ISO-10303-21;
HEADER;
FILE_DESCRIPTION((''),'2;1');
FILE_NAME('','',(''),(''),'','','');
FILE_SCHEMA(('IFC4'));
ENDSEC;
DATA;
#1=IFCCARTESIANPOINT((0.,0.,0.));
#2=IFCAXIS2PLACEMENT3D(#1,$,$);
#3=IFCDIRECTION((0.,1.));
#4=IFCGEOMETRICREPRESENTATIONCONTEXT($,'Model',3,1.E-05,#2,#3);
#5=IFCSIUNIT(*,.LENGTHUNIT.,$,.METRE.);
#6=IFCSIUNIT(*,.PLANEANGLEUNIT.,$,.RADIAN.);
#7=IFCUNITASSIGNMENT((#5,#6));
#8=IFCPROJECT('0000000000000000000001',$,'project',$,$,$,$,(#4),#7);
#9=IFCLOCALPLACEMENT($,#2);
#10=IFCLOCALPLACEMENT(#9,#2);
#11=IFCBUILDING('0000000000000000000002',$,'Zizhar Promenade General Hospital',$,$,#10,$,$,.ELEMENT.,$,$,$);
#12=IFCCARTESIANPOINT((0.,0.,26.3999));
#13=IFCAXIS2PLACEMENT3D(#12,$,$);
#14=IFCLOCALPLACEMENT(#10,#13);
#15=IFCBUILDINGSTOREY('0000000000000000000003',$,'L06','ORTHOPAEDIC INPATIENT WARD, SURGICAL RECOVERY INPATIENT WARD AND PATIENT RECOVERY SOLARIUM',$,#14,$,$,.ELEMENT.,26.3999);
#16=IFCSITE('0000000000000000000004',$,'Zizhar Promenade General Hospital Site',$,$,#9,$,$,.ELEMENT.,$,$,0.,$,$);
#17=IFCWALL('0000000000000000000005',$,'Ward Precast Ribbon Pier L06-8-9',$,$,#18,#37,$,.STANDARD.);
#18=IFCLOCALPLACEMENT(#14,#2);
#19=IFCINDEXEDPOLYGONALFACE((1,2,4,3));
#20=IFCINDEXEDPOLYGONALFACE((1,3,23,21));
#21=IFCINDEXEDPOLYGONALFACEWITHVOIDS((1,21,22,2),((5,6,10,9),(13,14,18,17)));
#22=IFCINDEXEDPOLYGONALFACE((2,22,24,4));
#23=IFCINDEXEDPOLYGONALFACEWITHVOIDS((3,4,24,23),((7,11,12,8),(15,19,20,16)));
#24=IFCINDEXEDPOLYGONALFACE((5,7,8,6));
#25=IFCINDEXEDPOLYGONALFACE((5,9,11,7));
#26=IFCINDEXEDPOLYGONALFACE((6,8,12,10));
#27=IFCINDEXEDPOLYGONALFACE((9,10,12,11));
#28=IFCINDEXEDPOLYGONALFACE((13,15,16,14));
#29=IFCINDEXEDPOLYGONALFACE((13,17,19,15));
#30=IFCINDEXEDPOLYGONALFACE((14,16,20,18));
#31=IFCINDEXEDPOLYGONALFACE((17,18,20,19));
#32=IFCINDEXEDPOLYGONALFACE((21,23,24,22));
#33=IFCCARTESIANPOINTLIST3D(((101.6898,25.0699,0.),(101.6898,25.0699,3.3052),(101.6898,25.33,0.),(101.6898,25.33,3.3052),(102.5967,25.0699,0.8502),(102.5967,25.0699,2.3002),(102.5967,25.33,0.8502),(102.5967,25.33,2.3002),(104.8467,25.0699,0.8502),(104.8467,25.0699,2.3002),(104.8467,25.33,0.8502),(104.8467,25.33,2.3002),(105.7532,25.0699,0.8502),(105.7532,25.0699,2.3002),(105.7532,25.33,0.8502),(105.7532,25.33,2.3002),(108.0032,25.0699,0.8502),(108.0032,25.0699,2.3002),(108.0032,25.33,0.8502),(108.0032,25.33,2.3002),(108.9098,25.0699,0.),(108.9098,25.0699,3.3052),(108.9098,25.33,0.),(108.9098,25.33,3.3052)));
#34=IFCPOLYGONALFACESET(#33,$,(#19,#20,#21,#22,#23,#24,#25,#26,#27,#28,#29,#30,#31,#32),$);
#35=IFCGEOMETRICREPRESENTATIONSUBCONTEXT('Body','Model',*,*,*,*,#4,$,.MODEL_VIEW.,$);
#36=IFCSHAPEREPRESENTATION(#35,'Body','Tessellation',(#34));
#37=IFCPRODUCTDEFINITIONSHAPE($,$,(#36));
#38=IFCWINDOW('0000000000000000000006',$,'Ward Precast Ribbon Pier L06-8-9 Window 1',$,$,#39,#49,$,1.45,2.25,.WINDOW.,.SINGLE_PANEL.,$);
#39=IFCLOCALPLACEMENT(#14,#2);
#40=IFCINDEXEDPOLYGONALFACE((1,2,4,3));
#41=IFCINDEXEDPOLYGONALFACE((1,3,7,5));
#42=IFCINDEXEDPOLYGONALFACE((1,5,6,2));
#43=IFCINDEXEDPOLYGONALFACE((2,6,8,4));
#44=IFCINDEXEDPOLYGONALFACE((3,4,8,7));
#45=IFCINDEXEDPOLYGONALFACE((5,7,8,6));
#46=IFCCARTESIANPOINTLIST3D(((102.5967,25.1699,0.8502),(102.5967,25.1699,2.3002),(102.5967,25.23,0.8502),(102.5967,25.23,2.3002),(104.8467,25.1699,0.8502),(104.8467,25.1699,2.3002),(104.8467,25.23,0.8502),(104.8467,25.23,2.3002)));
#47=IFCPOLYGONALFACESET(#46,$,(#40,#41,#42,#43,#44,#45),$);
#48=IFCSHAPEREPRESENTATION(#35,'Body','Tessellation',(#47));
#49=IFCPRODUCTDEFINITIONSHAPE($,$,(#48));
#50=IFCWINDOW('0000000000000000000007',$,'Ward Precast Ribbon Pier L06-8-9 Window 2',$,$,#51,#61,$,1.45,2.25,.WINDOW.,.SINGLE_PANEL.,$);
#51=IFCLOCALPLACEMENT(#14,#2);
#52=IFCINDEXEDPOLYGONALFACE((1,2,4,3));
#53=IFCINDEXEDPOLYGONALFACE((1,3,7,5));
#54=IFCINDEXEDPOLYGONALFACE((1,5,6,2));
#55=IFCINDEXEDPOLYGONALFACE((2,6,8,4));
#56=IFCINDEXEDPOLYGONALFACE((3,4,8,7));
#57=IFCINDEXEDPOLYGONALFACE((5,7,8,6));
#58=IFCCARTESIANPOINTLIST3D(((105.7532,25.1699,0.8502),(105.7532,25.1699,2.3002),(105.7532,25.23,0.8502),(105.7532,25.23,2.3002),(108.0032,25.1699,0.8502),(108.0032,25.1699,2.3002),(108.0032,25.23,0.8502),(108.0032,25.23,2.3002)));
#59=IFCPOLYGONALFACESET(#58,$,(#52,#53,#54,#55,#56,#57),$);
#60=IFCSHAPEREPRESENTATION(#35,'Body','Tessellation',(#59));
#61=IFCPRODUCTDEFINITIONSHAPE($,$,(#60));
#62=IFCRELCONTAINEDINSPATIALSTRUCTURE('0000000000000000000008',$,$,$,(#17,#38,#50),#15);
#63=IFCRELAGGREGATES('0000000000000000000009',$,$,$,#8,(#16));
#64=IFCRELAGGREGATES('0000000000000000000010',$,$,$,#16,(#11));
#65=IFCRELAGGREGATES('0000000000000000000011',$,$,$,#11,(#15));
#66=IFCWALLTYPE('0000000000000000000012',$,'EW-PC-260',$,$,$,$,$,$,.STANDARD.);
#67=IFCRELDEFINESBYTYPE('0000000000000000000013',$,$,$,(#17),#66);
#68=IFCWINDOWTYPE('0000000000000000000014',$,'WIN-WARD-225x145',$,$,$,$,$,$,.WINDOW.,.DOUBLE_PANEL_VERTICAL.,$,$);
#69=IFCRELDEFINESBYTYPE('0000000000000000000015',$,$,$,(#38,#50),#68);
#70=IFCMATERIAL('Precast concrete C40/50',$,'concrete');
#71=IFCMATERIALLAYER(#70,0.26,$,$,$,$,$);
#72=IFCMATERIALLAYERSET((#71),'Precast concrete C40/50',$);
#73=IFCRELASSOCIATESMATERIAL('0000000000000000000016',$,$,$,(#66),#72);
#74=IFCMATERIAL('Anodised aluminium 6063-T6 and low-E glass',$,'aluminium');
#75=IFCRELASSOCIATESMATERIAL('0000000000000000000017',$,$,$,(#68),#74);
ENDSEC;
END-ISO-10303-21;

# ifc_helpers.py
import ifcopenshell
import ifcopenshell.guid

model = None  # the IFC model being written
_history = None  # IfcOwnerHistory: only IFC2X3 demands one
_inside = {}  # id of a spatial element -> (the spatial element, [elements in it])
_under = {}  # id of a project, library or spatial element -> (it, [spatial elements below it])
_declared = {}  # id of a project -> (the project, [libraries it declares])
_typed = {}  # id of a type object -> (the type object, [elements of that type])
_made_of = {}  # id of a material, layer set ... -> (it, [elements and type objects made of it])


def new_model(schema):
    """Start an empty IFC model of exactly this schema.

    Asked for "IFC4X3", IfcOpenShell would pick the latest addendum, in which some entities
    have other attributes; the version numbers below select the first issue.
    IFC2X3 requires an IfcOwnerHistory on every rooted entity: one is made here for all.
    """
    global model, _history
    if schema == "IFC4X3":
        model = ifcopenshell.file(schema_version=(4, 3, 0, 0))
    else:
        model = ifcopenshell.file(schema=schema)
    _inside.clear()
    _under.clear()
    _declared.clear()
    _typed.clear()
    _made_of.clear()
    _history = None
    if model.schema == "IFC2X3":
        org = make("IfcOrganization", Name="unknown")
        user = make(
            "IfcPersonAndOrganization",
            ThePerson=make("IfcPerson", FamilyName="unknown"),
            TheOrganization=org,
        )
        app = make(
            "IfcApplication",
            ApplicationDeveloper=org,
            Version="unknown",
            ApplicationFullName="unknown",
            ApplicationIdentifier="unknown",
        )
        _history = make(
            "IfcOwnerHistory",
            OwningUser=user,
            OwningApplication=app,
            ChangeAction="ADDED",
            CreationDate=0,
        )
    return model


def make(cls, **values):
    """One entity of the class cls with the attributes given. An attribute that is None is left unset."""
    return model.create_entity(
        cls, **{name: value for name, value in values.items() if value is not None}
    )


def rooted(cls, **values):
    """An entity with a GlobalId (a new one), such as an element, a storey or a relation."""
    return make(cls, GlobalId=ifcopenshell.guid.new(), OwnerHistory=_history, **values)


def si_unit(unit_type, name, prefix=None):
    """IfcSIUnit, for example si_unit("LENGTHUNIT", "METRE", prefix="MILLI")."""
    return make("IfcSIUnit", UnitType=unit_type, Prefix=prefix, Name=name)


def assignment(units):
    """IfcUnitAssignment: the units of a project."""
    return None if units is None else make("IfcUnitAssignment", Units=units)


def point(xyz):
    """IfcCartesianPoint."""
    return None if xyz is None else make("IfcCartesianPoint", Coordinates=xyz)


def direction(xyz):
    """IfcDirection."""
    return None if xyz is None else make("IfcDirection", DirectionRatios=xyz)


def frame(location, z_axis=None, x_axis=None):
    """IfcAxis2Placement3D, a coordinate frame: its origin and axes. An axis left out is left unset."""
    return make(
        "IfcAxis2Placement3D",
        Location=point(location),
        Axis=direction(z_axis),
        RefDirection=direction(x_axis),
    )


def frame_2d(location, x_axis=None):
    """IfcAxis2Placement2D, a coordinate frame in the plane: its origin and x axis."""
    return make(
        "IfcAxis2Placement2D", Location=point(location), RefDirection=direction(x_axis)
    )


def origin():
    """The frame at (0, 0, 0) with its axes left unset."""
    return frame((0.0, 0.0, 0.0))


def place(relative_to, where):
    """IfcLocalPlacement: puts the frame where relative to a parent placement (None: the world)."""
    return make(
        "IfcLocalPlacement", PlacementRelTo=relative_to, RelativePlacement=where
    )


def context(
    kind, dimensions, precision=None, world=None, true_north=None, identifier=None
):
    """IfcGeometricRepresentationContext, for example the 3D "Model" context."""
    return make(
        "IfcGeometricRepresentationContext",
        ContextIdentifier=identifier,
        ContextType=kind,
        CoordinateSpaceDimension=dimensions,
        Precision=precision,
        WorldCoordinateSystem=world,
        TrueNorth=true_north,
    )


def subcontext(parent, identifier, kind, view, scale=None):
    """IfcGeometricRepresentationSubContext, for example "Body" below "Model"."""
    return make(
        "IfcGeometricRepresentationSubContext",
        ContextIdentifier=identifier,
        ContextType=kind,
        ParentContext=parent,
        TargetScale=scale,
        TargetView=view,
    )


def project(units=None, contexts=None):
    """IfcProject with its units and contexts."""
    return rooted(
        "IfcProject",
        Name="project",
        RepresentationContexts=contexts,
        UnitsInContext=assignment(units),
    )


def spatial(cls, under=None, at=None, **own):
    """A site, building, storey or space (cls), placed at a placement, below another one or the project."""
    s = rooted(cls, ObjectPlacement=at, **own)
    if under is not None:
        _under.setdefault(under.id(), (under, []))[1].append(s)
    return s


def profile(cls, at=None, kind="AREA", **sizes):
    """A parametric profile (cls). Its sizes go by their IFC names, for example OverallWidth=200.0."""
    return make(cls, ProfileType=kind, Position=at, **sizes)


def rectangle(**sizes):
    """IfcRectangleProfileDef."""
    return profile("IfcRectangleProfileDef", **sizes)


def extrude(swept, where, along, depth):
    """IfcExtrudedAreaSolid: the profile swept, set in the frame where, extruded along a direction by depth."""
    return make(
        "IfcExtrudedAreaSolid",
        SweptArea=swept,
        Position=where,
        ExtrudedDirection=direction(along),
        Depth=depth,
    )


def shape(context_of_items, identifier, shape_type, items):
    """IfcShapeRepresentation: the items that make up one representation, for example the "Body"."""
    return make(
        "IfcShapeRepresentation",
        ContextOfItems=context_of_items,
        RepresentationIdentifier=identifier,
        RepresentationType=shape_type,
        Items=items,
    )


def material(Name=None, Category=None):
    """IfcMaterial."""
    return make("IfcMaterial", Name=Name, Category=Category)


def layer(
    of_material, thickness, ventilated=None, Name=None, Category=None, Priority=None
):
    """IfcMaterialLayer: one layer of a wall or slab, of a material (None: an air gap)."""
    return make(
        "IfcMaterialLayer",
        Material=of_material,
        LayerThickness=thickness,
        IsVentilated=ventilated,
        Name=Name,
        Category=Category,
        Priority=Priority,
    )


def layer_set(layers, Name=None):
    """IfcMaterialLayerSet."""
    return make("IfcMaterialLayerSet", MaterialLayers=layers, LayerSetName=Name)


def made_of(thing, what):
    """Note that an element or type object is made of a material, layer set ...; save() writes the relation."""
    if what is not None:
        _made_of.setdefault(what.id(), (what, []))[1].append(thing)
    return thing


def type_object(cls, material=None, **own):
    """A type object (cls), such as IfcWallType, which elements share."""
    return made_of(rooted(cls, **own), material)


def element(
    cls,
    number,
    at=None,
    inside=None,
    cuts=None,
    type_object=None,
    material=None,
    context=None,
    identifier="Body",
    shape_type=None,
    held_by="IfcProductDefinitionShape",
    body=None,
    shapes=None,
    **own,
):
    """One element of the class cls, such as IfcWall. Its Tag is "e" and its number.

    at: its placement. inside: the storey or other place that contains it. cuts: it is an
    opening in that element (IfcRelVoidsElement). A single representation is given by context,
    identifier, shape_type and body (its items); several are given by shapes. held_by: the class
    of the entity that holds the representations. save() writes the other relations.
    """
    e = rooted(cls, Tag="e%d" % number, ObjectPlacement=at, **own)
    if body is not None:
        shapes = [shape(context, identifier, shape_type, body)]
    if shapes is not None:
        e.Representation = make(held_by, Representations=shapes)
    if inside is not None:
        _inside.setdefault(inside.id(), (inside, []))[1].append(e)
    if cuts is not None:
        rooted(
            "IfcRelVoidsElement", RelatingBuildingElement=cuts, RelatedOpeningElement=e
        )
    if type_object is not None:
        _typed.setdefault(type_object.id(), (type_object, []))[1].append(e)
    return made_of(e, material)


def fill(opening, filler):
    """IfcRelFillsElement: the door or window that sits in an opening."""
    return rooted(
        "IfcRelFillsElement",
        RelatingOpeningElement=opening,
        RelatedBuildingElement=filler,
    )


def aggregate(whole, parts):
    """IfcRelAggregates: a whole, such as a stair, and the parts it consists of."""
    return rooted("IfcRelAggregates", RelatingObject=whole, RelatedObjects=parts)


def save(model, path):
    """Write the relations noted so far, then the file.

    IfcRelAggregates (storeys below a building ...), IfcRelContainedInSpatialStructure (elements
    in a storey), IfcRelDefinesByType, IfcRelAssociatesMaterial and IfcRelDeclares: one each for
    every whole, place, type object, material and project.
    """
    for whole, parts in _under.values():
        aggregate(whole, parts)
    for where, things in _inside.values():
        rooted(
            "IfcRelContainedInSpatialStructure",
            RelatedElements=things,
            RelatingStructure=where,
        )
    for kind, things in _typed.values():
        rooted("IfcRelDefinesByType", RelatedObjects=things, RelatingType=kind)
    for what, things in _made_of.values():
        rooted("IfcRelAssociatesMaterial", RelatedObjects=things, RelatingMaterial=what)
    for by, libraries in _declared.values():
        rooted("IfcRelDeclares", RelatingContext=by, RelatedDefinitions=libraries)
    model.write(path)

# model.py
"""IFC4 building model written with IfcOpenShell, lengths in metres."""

from ifc_helpers import new_model, si_unit, direction, frame, frame_2d, origin, place, context, subcontext, project, spatial, rectangle, extrude, material, layer, layer_set, type_object, element, fill, save


model = new_model("IFC4")

# Units and contexts
model_context = context("Model", 3, precision=1e-05, world=origin(), true_north=direction((0.0, 1.0)))
body_context = subcontext(model_context, "Body", "Model", "MODEL_VIEW")
ifc_project = project(units=[si_unit("LENGTHUNIT", "METRE"), si_unit("PLANEANGLEUNIT", "RADIAN")], contexts=[model_context])

# Site, building, storey
site_placement = place(None, origin())
site = spatial("IfcSite", under=ifc_project, at=site_placement, Name="Zizhar Promenade General Hospital Site", CompositionType="ELEMENT", RefElevation=0.0)
building_placement = place(site_placement, origin())
building = spatial("IfcBuilding", under=site, at=building_placement, Name="Zizhar Promenade General Hospital", CompositionType="ELEMENT")
storey_placement = place(building_placement, frame((0.0, 0.0, 26.3999)))
storey = spatial("IfcBuildingStorey", under=building, at=storey_placement, Name="L06", Description="ORTHOPAEDIC INPATIENT WARD, SURGICAL RECOVERY INPATIENT WARD AND PATIENT RECOVERY SOLARIUM", CompositionType="ELEMENT", Elevation=26.3999)

# Wall, openings, windows
ifc_material_1 = material(Name="Precast concrete C40/50", Category="concrete")
ifc_layer_1 = layer(ifc_material_1, 0.26)
ifc_layer_set_1 = layer_set([ifc_layer_1], Name="Precast concrete C40/50")
wall_type = type_object("IfcWallType", Name="EW-PC-260", PredefinedType="STANDARD", material=ifc_layer_set_1)
wall_placement = place(storey_placement, frame((101.6899, 25.2, 0.0), z_axis=(0.0, 0.0, 1.0), x_axis=(1.0, 0.0, 0.0)))
wall = element("IfcWall", 1, at=wall_placement, inside=storey, type_object=wall_type, Name="Ward Precast Ribbon Pier L06-8-9", PredefinedType="STANDARD", context=body_context, shape_type="SweptSolid", body=[
    extrude(rectangle(XDim=7.22, YDim=0.26, at=frame_2d((3.6099, 0.0))), origin(), (0.0, 0.0, 1.0), 3.3052),
])
opening_1_placement = place(wall_placement, frame((0.9067, 0.0, 0.8501)))
opening_1 = element("IfcOpeningElement", 2, at=opening_1_placement, cuts=wall, PredefinedType="OPENING", context=body_context, shape_type="SweptSolid", body=[
    extrude(rectangle(XDim=2.25, YDim=1.45, at=frame_2d((1.125, 0.7251))), frame((0.0, 0.1401, 0.0), z_axis=(0.0, -1.0, 0.0), x_axis=(1.0, 0.0, 0.0)), (0.0, 0.0, 1.0), 0.28),
])
opening_2_placement = place(wall_placement, frame((4.0632, 0.0, 0.8501)))
opening_2 = element("IfcOpeningElement", 3, at=opening_2_placement, cuts=wall, PredefinedType="OPENING", context=body_context, shape_type="SweptSolid", body=[
    extrude(rectangle(XDim=2.25, YDim=1.45, at=frame_2d((1.125, 0.7251))), frame((0.0, 0.1401, 0.0), z_axis=(0.0, -1.0, 0.0), x_axis=(1.0, 0.0, 0.0)), (0.0, 0.0, 1.0), 0.28),
])
ifc_material_2 = material(Name="Anodised aluminium 6063-T6 and low-E glass", Category="aluminium")
window_type = type_object("IfcWindowType", Name="WIN-WARD-225x145", PartitioningType="DOUBLE_PANEL_VERTICAL", PredefinedType="WINDOW", material=ifc_material_2)
window_1_placement = place(opening_1_placement, origin())
window_1 = element("IfcWindow", 4, at=window_1_placement, inside=storey, type_object=window_type, Name="Ward Precast Ribbon Pier L06-8-9 Window 1", OverallHeight=1.45, OverallWidth=2.25, PartitioningType="SINGLE_PANEL", PredefinedType="WINDOW", context=body_context, shape_type="SweptSolid", body=[
    extrude(rectangle(XDim=2.25, YDim=1.45, at=frame_2d((1.125, 0.7251))), frame((0.0, 0.03, 0.0), z_axis=(0.0, -1.0, 0.0), x_axis=(1.0, 0.0, 0.0)), (0.0, 0.0, 1.0), 0.0601),
])
fill(opening_1, window_1)
window_2_placement = place(opening_2_placement, origin())
window_2 = element("IfcWindow", 5, at=window_2_placement, inside=storey, type_object=window_type, Name="Ward Precast Ribbon Pier L06-8-9 Window 2", OverallHeight=1.45, OverallWidth=2.25, PartitioningType="SINGLE_PANEL", PredefinedType="WINDOW", context=body_context, shape_type="SweptSolid", body=[
    extrude(rectangle(XDim=2.25, YDim=1.45, at=frame_2d((1.125, 0.7251))), frame((0.0, 0.03, 0.0), z_axis=(0.0, -1.0, 0.0), x_axis=(1.0, 0.0, 0.0)), (0.0, 0.0, 1.0), 0.0601),
])
fill(opening_2, window_2)

save(model, "model.ifc")
